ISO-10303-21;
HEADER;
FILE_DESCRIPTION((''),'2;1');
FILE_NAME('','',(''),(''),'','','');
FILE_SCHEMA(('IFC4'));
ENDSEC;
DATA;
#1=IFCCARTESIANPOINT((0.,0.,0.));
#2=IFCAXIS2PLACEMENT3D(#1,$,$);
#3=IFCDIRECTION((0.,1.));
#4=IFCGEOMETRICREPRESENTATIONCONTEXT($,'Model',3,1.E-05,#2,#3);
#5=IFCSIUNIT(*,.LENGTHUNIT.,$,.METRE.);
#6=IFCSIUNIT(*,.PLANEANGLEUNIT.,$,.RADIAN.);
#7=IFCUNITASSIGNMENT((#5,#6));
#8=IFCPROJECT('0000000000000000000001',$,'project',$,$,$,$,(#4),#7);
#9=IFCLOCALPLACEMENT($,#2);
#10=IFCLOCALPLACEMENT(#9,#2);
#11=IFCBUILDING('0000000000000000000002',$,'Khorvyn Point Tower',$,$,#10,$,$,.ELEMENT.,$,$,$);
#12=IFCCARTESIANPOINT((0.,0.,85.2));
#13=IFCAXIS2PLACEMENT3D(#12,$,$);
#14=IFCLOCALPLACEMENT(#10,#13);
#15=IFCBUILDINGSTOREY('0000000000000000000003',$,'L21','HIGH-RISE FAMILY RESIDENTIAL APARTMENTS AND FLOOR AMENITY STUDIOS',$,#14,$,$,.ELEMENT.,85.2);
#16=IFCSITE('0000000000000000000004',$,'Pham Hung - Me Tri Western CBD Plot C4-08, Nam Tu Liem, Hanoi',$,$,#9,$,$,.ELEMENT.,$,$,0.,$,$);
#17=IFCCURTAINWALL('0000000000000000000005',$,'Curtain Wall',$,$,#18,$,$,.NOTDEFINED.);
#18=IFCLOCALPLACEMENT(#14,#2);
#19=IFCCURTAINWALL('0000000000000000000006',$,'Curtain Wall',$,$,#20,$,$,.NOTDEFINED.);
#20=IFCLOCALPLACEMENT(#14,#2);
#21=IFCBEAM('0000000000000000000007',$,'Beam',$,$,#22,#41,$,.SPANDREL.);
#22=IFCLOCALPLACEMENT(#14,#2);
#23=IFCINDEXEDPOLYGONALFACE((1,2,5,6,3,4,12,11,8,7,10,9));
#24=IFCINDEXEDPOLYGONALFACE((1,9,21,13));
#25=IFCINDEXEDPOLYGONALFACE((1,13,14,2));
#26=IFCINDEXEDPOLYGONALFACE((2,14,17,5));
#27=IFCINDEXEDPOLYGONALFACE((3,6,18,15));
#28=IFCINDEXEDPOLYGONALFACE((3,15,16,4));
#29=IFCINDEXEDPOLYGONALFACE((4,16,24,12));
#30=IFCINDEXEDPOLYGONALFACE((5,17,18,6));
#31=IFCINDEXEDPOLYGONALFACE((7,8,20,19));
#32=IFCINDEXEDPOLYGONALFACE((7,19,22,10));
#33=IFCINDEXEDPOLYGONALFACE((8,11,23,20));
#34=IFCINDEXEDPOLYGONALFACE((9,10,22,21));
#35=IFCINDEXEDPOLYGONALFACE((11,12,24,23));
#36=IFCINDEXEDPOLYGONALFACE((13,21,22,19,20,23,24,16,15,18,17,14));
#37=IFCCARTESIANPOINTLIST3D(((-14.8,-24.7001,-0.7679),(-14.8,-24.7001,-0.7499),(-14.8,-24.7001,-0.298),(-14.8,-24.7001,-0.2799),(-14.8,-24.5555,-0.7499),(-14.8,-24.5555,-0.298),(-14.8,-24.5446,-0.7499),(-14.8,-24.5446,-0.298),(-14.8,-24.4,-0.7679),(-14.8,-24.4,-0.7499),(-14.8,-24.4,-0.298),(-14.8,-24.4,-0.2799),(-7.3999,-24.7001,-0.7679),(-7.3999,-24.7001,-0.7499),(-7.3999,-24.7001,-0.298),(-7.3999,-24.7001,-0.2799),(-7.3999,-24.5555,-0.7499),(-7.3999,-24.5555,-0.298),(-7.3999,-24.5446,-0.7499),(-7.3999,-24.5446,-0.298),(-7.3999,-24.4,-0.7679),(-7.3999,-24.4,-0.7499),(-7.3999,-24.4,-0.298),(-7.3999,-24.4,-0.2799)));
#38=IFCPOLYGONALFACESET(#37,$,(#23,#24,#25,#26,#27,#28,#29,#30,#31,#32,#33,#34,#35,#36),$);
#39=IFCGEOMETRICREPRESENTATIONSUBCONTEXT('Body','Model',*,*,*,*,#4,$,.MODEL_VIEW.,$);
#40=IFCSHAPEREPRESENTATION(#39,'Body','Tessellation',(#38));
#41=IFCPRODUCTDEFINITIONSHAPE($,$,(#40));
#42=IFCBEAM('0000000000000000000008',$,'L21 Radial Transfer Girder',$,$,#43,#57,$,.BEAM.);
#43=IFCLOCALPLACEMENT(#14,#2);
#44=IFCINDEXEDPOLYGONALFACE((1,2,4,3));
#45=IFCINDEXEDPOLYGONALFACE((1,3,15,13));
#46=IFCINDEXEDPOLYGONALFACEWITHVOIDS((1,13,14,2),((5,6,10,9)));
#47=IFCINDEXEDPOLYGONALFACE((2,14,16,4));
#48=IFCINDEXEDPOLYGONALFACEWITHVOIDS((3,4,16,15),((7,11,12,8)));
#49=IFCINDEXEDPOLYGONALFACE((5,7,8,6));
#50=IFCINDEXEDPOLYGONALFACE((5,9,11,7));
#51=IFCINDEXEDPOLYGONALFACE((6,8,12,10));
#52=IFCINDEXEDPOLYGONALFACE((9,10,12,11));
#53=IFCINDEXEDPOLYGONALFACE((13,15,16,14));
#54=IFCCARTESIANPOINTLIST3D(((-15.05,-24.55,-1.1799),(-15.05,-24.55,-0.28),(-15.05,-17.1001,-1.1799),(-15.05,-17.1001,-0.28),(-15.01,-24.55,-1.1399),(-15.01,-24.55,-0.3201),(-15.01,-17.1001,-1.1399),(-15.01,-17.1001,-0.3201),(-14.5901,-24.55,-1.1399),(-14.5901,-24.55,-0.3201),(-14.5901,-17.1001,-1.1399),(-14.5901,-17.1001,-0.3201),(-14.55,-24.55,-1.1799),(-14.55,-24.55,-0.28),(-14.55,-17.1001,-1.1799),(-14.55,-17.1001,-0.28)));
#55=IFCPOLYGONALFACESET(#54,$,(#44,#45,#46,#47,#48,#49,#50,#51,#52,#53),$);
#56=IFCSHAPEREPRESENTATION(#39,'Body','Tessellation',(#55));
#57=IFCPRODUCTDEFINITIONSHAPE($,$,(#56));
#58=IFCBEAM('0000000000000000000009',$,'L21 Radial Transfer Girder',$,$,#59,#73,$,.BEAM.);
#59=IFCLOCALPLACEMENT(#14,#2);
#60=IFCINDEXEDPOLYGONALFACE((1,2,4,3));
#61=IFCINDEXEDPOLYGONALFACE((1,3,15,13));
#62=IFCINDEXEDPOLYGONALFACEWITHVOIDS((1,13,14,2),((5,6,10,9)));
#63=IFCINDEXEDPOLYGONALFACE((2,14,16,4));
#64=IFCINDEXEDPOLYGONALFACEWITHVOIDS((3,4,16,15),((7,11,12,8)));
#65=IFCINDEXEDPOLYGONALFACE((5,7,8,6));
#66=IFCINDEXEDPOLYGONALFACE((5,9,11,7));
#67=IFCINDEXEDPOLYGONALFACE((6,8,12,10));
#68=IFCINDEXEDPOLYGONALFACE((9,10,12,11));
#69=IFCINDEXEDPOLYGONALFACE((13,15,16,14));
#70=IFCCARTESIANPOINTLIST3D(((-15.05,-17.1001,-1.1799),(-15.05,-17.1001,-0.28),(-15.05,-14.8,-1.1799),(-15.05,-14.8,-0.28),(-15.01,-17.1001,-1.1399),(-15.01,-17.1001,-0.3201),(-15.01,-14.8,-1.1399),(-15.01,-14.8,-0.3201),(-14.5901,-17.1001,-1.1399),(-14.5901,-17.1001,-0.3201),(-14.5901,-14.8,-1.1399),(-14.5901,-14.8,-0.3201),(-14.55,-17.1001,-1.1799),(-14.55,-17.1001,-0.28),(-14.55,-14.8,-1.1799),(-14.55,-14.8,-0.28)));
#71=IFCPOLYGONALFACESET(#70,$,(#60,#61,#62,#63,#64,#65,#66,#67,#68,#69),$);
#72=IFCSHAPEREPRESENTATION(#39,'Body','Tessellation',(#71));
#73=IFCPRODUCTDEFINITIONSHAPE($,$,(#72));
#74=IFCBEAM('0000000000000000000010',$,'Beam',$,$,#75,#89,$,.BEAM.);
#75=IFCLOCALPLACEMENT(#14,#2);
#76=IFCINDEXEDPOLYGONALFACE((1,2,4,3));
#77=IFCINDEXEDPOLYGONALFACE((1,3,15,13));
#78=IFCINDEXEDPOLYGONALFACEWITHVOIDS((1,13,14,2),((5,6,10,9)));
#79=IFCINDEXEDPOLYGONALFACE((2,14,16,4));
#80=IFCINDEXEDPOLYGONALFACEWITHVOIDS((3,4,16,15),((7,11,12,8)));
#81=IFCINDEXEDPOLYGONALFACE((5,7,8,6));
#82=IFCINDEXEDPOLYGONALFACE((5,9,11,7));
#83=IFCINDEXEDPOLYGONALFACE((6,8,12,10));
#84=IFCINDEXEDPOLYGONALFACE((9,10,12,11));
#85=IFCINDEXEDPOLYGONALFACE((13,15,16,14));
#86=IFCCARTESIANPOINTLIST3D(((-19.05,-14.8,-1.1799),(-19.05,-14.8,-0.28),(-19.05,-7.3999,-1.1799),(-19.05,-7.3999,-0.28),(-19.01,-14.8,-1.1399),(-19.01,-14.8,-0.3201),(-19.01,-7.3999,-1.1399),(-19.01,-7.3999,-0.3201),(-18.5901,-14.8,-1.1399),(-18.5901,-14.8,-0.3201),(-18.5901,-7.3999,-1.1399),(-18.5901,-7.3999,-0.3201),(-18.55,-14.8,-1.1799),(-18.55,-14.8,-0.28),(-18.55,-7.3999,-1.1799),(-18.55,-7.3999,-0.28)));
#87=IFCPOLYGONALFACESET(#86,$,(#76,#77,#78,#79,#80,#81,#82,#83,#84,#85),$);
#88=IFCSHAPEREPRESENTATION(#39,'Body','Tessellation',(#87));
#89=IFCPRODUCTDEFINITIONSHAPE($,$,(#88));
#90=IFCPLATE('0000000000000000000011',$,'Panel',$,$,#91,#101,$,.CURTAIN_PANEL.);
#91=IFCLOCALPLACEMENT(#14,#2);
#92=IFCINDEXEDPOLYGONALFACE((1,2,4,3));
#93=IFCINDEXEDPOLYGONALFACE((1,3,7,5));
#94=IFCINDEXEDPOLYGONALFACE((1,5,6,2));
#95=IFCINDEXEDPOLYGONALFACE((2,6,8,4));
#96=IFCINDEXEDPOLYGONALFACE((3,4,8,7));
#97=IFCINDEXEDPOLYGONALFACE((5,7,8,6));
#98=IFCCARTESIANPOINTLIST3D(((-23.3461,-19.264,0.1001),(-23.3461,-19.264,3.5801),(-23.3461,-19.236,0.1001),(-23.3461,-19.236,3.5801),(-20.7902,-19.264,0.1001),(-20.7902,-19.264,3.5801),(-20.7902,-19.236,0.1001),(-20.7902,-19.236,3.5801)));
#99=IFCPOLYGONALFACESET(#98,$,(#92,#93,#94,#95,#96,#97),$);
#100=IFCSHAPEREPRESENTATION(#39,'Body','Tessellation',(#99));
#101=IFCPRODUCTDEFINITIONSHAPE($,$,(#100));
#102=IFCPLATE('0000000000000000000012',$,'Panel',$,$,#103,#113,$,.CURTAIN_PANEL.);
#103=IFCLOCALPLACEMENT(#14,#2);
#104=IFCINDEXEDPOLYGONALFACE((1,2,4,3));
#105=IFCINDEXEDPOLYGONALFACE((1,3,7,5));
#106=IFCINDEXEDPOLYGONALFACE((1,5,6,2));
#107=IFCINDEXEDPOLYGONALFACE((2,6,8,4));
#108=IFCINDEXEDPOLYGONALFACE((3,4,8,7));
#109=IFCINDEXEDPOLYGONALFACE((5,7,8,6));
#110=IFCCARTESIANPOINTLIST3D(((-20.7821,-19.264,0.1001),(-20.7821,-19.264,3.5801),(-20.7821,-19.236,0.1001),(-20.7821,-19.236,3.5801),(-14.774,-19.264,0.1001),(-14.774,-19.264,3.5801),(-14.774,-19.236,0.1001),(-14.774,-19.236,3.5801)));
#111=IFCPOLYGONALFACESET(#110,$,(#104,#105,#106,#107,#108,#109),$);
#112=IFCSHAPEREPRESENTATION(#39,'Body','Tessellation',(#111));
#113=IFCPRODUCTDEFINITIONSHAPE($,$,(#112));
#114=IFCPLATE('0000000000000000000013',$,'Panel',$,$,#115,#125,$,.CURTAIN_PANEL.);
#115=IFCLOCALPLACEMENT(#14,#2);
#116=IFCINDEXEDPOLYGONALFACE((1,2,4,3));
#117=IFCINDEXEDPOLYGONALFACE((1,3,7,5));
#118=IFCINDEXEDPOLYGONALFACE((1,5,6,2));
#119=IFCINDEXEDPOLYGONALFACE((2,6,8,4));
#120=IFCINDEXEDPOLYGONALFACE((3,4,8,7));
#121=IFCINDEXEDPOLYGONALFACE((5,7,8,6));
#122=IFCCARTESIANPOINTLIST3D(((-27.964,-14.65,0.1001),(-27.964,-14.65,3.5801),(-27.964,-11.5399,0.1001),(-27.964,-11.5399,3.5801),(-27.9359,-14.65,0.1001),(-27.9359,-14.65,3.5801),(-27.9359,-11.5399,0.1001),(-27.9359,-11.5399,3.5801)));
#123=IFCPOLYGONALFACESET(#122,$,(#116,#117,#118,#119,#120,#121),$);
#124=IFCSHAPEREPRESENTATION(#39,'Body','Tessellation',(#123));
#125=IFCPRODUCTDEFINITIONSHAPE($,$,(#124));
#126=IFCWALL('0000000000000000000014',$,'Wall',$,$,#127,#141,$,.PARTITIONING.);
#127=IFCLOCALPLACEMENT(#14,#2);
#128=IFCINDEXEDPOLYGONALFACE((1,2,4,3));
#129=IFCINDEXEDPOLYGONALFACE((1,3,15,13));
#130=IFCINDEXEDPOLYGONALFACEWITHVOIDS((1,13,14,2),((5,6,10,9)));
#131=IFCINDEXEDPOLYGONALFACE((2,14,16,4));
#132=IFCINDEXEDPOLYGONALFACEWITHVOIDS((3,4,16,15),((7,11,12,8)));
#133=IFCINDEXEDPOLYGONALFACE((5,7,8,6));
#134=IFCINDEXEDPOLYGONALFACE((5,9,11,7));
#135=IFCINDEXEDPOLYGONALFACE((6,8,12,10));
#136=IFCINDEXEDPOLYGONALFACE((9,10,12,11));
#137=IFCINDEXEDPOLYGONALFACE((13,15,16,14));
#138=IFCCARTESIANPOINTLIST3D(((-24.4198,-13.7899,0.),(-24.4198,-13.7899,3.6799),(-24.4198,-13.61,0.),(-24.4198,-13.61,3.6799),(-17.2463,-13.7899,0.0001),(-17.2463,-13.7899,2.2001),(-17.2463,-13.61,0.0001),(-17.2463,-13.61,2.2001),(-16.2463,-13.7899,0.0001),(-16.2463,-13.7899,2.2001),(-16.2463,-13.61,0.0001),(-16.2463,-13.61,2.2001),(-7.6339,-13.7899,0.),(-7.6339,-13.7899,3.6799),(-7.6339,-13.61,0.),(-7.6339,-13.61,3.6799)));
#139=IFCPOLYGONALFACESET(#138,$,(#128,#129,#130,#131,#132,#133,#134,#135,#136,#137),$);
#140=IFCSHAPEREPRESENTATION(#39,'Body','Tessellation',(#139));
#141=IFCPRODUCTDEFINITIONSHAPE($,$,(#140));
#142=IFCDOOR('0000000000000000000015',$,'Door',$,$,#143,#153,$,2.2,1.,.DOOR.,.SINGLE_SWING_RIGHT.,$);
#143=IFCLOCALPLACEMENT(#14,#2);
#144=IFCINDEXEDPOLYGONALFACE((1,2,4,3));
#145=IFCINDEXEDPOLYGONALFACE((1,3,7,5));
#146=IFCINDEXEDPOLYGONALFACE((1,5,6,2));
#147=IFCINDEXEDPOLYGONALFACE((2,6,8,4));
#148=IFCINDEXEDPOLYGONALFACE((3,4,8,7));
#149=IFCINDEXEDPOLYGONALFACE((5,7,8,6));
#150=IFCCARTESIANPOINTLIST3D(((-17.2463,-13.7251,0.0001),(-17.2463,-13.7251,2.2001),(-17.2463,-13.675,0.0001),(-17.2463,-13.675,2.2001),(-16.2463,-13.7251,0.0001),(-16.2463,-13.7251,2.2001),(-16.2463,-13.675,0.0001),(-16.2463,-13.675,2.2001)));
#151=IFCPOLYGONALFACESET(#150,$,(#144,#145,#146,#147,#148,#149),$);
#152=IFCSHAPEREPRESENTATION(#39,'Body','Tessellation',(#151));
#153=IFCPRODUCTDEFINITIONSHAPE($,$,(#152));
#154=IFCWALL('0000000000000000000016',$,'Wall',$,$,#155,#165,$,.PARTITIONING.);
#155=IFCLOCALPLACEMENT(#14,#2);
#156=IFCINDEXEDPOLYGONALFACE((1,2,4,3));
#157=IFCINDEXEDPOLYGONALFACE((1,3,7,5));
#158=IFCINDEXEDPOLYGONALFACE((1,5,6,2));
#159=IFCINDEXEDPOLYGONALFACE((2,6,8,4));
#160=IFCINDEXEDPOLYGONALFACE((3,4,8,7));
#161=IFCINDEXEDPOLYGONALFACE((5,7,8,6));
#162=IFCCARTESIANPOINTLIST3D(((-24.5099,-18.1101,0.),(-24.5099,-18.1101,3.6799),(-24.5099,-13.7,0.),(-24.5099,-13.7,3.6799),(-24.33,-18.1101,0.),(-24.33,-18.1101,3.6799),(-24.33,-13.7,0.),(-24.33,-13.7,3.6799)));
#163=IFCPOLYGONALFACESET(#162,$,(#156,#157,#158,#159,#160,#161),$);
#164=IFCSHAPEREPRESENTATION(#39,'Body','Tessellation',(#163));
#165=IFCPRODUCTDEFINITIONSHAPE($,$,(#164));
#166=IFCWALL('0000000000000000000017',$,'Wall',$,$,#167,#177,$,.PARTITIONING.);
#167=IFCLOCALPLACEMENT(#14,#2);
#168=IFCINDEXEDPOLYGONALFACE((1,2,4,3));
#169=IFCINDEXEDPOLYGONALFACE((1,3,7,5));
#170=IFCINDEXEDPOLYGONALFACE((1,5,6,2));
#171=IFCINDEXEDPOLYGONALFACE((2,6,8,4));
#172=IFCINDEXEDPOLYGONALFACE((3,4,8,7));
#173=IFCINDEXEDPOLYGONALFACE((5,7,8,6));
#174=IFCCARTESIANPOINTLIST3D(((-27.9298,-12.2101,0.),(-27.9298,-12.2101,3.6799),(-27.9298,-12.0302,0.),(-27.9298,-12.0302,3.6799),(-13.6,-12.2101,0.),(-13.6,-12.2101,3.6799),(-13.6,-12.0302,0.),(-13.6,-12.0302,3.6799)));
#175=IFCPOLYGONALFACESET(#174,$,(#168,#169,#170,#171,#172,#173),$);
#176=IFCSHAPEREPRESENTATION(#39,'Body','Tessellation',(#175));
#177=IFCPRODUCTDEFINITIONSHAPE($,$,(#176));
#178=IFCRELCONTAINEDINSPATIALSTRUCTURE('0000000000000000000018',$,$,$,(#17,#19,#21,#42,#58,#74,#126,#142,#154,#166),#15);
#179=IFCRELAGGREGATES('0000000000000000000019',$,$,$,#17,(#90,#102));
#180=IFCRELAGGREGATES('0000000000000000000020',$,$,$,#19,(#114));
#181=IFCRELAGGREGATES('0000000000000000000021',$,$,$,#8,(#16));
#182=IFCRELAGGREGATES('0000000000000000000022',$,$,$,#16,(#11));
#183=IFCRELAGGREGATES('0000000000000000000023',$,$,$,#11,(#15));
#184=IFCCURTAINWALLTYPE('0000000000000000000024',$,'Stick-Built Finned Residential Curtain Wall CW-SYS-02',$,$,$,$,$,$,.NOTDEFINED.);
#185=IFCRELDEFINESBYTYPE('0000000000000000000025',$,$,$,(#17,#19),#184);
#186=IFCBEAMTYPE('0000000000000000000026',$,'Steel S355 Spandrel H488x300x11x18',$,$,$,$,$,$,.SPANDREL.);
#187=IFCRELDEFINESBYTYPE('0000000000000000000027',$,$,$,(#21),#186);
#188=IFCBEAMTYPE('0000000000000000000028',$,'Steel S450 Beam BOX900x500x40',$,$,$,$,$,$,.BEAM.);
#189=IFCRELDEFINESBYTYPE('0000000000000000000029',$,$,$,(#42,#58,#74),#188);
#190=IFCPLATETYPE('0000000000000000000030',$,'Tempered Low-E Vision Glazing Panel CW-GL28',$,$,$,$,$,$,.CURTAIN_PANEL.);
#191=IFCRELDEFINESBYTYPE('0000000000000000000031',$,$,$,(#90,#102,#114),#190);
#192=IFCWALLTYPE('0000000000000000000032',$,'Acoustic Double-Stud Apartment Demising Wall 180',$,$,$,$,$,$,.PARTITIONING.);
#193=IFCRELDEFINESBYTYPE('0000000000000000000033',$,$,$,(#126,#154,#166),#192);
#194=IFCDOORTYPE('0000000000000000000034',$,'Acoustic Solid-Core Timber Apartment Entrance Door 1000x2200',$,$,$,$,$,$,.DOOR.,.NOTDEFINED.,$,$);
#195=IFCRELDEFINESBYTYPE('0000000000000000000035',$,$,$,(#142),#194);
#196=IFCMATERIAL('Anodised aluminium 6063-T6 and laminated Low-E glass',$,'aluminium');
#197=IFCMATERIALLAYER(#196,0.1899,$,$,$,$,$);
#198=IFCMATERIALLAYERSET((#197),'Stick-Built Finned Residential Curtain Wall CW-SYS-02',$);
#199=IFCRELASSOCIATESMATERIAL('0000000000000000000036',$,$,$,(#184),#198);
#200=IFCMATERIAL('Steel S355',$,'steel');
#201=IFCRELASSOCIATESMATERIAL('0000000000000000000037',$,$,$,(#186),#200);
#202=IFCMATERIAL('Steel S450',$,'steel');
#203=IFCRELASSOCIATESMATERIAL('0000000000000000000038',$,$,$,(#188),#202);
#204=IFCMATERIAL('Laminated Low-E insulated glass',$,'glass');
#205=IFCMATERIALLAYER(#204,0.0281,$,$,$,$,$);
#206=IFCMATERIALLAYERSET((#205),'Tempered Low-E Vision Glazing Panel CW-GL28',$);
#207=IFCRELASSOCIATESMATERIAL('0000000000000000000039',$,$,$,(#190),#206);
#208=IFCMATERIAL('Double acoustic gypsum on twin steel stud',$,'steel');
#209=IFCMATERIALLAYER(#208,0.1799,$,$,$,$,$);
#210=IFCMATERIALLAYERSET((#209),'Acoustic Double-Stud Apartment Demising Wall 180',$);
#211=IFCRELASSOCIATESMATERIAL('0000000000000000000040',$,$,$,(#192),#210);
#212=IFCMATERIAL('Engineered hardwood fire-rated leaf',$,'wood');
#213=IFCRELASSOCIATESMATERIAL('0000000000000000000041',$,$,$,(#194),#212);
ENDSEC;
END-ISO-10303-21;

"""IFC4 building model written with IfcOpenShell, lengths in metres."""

from ifc_helpers import new_model, si_unit, direction, frame, frame_2d, origin, origin_2d, place, context, subcontext, project, spatial, rectangle, hollow_rectangle, i_section, extrude, material, layer, layer_set, material_profile, profile_set, type_object, element, fill, aggregate, save


model = new_model("IFC4")

# Units and contexts
model_context = context("Model", 3, precision=1e-05, world=origin(), true_north=direction((0.0, 1.0)))
body_context = subcontext(model_context, "Body", "Model", "MODEL_VIEW")
ifc_project = project(units=[si_unit("LENGTHUNIT", "METRE"), si_unit("PLANEANGLEUNIT", "RADIAN")], contexts=[model_context])

# Site, building, storey
site_placement = place(None, origin())
site = spatial("IfcSite", under=ifc_project, at=site_placement, Name="Pham Hung - Me Tri Western CBD Plot C4-08, Nam Tu Liem, Hanoi", CompositionType="ELEMENT", RefElevation=0.0)
building_placement = place(site_placement, origin())
building = spatial("IfcBuilding", under=site, at=building_placement, Name="Khorvyn Point Tower", CompositionType="ELEMENT")
storey_placement = place(building_placement, frame((0.0, 0.0, 85.2)))
storey = spatial("IfcBuildingStorey", under=building, at=storey_placement, Name="L21", Description="HIGH-RISE FAMILY RESIDENTIAL APARTMENTS AND FLOOR AMENITY STUDIOS", CompositionType="ELEMENT", Elevation=85.2)

# Shared definitions
ifc_material_1 = material(Name="Steel S450", Category="steel")

# Curtain wall
ifc_material_2 = material(Name="Anodised aluminium 6063-T6 and laminated Low-E glass", Category="aluminium")
ifc_layer_1 = layer(ifc_material_2, 0.1899)
ifc_layer_set_1 = layer_set([ifc_layer_1], Name="Stick-Built Finned Residential Curtain Wall CW-SYS-02")
curtain_wall_type = type_object("IfcCurtainWallType", Name="Stick-Built Finned Residential Curtain Wall CW-SYS-02", PredefinedType="NOTDEFINED", material=ifc_layer_set_1)
curtain_wall_1_placement = place(storey_placement, origin())
curtain_wall_1 = element("IfcCurtainWall", 1, at=curtain_wall_1_placement, inside=storey, type_object=curtain_wall_type, Name="Curtain Wall", PredefinedType="NOTDEFINED")

# Curtain wall
curtain_wall_2_placement = place(storey_placement, origin())
curtain_wall_2 = element("IfcCurtainWall", 2, at=curtain_wall_2_placement, inside=storey, type_object=curtain_wall_type, Name="Curtain Wall", PredefinedType="NOTDEFINED")

# Beams
ifc_material_3 = material(Name="Steel S355", Category="steel")
ifc_material_profile_1 = material_profile(ifc_material_3, i_section(OverallWidth=0.3, OverallDepth=0.488, WebThickness=0.011, FlangeThickness=0.0181, at=origin_2d()))
ifc_profile_set_1 = profile_set([ifc_material_profile_1], Name="Steel S355 H488x300x11x18")
beam_type_1 = type_object("IfcBeamType", Name="Steel S355 Spandrel H488x300x11x18", PredefinedType="SPANDREL", material=ifc_profile_set_1)
beam_1_placement = place(storey_placement, frame((-14.8, -24.55, -0.5239), z_axis=(1.0, 0.0, 0.0), x_axis=(0.0, 1.0, 0.0)))
element("IfcBeam", 3, at=beam_1_placement, inside=storey, type_object=beam_type_1, Name="Beam", PredefinedType="SPANDREL", context=body_context, shape_type="SweptSolid", body=[
    extrude(i_section(OverallWidth=0.3, OverallDepth=0.488, WebThickness=0.011, FlangeThickness=0.0181, at=origin_2d()), origin(), (0.0, 0.0, 1.0), 7.4001),
])
ifc_material_profile_2 = material_profile(ifc_material_1, hollow_rectangle(XDim=0.5, YDim=0.8999, WallThickness=0.04, at=origin_2d()))
ifc_profile_set_2 = profile_set([ifc_material_profile_2], Name="Steel S450 BOX900x500x40")
beam_type_2 = type_object("IfcBeamType", Name="Steel S450 Beam BOX900x500x40", PredefinedType="BEAM", material=ifc_profile_set_2)
beam_2_placement = place(storey_placement, frame((-14.8, -24.55, -0.73), z_axis=(0.0, 1.0, 0.0), x_axis=(-1.0, 0.0, 0.0)))
element("IfcBeam", 4, at=beam_2_placement, inside=storey, type_object=beam_type_2, Name="L21 Radial Transfer Girder", PredefinedType="BEAM", context=body_context, shape_type="SweptSolid", body=[
    extrude(hollow_rectangle(XDim=0.5, YDim=0.8999, WallThickness=0.04, at=origin_2d()), origin(), (0.0, 0.0, 1.0), 7.45),
])
beam_3_placement = place(storey_placement, frame((-14.8, -17.1001, -0.73), z_axis=(0.0, 1.0, 0.0), x_axis=(-1.0, 0.0, 0.0)))
element("IfcBeam", 5, at=beam_3_placement, inside=storey, type_object=beam_type_2, Name="L21 Radial Transfer Girder", PredefinedType="BEAM", context=body_context, shape_type="SweptSolid", body=[
    extrude(hollow_rectangle(XDim=0.5, YDim=0.8999, WallThickness=0.04, at=origin_2d()), origin(), (0.0, 0.0, 1.0), 2.3),
])
beam_4_placement = place(storey_placement, frame((-18.8, -14.8, -0.73), z_axis=(0.0, 1.0, 0.0), x_axis=(-1.0, 0.0, 0.0)))
element("IfcBeam", 6, at=beam_4_placement, inside=storey, type_object=beam_type_2, Name="Beam", PredefinedType="BEAM", context=body_context, shape_type="SweptSolid", body=[
    extrude(hollow_rectangle(XDim=0.5, YDim=0.8999, WallThickness=0.04, at=origin_2d()), origin(), (0.0, 0.0, 1.0), 7.4001),
])

# Plates
ifc_material_4 = material(Name="Laminated Low-E insulated glass", Category="glass")
ifc_layer_2 = layer(ifc_material_4, 0.0281)
ifc_layer_set_2 = layer_set([ifc_layer_2], Name="Tempered Low-E Vision Glazing Panel CW-GL28")
plate_type = type_object("IfcPlateType", Name="Tempered Low-E Vision Glazing Panel CW-GL28", PredefinedType="CURTAIN_PANEL", material=ifc_layer_set_2)
plate_1_placement = place(storey_placement, frame((-22.0681, -19.25, 0.1001), z_axis=(0.0, 0.0, 1.0), x_axis=(-1.0, 0.0, 0.0)))
plate_1 = element("IfcPlate", 7, at=plate_1_placement, type_object=plate_type, Name="Panel", PredefinedType="CURTAIN_PANEL", context=body_context, shape_type="SweptSolid", body=[
    extrude(rectangle(XDim=2.5559, YDim=0.0281, at=origin_2d()), origin(), (0.0, 0.0, 1.0), 3.48),
])
plate_2_placement = place(storey_placement, frame((-17.7781, -19.25, 0.1001), z_axis=(0.0, 0.0, 1.0), x_axis=(-1.0, 0.0, 0.0)))
plate_2 = element("IfcPlate", 8, at=plate_2_placement, type_object=plate_type, Name="Panel", PredefinedType="CURTAIN_PANEL", context=body_context, shape_type="SweptSolid", body=[
    extrude(rectangle(XDim=6.0081, YDim=0.0281, at=origin_2d()), origin(), (0.0, 0.0, 1.0), 3.48),
])
aggregate(curtain_wall_1, [plate_1, plate_2])
plate_3_placement = place(storey_placement, frame((-27.95, -13.095, 0.1001), z_axis=(0.0, 0.0, 1.0), x_axis=(0.0, 1.0, 0.0)))
plate_3 = element("IfcPlate", 9, at=plate_3_placement, type_object=plate_type, Name="Panel", PredefinedType="CURTAIN_PANEL", context=body_context, shape_type="SweptSolid", body=[
    extrude(rectangle(XDim=3.1101, YDim=0.0281, at=origin_2d()), origin(), (0.0, 0.0, 1.0), 3.48),
])
aggregate(curtain_wall_2, [plate_3])

# Wall, opening, door
ifc_material_5 = material(Name="Double acoustic gypsum on twin steel stud", Category="steel")
ifc_layer_3 = layer(ifc_material_5, 0.1799)
ifc_layer_set_3 = layer_set([ifc_layer_3], Name="Acoustic Double-Stud Apartment Demising Wall 180")
wall_type_1 = type_object("IfcWallType", Name="Acoustic Double-Stud Apartment Demising Wall 180", PredefinedType="PARTITIONING", material=ifc_layer_set_3)
wall_1_placement = place(storey_placement, frame((-24.4199, -13.7, 0.0), z_axis=(0.0, 0.0, 1.0), x_axis=(1.0, 0.0, 0.0)))
wall_1 = element("IfcWall", 10, at=wall_1_placement, inside=storey, type_object=wall_type_1, Name="Wall", PredefinedType="PARTITIONING", context=body_context, shape_type="SweptSolid", body=[
    extrude(rectangle(XDim=16.7859, YDim=0.1799, at=frame_2d((8.3931, 0.0))), origin(), (0.0, 0.0, 1.0), 3.6799),
])
opening_1_placement = place(wall_1_placement, frame((7.1736, 0.0, 0.0)))
opening_1 = element("IfcOpeningElement", 11, at=opening_1_placement, cuts=wall_1, PredefinedType="OPENING", context=body_context, shape_type="SweptSolid", body=[
    extrude(rectangle(XDim=1.0, YDim=2.2, at=frame_2d((0.5, 1.1001))), frame((0.0, 0.0999, 0.0), z_axis=(0.0, -1.0, 0.0), x_axis=(1.0, 0.0, 0.0)), (0.0, 0.0, 1.0), 0.2),
])
ifc_material_6 = material(Name="Engineered hardwood fire-rated leaf", Category="wood")
door_type_1 = type_object("IfcDoorType", Name="Acoustic Solid-Core Timber Apartment Entrance Door 1000x2200", OperationType="NOTDEFINED", PredefinedType="DOOR", material=ifc_material_6)
door_1_placement = place(opening_1_placement, origin())
door_1 = element("IfcDoor", 12, at=door_1_placement, inside=storey, type_object=door_type_1, Name="Door", OperationType="SINGLE_SWING_RIGHT", OverallHeight=2.2, OverallWidth=1.0, PredefinedType="DOOR", context=body_context, shape_type="SweptSolid", body=[
    extrude(rectangle(XDim=1.0, YDim=2.2, at=frame_2d((0.5, 1.1001))), frame((0.0, 0.0249, 0.0), z_axis=(0.0, -1.0, 0.0), x_axis=(1.0, 0.0, 0.0)), (0.0, 0.0, 1.0), 0.05),
])
fill(opening_1, door_1)

# Walls
wall_2_placement = place(storey_placement, frame((-24.4199, -18.1101, 0.0), z_axis=(0.0, 0.0, 1.0), x_axis=(0.0, 1.0, 0.0)))
element("IfcWall", 13, at=wall_2_placement, inside=storey, type_object=wall_type_1, Name="Wall", PredefinedType="PARTITIONING", context=body_context, shape_type="SweptSolid", body=[
    extrude(rectangle(XDim=4.4102, YDim=0.1799, at=frame_2d((2.2051, 0.0))), origin(), (0.0, 0.0, 1.0), 3.6799),
])
wall_3_placement = place(storey_placement, frame((-27.9299, -12.1201, 0.0), z_axis=(0.0, 0.0, 1.0), x_axis=(1.0, 0.0, 0.0)))
element("IfcWall", 14, at=wall_3_placement, inside=storey, type_object=wall_type_1, Name="Wall", PredefinedType="PARTITIONING", context=body_context, shape_type="SweptSolid", body=[
    extrude(rectangle(XDim=14.3298, YDim=0.1799, at=frame_2d((7.165, 0.0))), origin(), (0.0, 0.0, 1.0), 3.6799),
])

save(model, "model.ifc")
